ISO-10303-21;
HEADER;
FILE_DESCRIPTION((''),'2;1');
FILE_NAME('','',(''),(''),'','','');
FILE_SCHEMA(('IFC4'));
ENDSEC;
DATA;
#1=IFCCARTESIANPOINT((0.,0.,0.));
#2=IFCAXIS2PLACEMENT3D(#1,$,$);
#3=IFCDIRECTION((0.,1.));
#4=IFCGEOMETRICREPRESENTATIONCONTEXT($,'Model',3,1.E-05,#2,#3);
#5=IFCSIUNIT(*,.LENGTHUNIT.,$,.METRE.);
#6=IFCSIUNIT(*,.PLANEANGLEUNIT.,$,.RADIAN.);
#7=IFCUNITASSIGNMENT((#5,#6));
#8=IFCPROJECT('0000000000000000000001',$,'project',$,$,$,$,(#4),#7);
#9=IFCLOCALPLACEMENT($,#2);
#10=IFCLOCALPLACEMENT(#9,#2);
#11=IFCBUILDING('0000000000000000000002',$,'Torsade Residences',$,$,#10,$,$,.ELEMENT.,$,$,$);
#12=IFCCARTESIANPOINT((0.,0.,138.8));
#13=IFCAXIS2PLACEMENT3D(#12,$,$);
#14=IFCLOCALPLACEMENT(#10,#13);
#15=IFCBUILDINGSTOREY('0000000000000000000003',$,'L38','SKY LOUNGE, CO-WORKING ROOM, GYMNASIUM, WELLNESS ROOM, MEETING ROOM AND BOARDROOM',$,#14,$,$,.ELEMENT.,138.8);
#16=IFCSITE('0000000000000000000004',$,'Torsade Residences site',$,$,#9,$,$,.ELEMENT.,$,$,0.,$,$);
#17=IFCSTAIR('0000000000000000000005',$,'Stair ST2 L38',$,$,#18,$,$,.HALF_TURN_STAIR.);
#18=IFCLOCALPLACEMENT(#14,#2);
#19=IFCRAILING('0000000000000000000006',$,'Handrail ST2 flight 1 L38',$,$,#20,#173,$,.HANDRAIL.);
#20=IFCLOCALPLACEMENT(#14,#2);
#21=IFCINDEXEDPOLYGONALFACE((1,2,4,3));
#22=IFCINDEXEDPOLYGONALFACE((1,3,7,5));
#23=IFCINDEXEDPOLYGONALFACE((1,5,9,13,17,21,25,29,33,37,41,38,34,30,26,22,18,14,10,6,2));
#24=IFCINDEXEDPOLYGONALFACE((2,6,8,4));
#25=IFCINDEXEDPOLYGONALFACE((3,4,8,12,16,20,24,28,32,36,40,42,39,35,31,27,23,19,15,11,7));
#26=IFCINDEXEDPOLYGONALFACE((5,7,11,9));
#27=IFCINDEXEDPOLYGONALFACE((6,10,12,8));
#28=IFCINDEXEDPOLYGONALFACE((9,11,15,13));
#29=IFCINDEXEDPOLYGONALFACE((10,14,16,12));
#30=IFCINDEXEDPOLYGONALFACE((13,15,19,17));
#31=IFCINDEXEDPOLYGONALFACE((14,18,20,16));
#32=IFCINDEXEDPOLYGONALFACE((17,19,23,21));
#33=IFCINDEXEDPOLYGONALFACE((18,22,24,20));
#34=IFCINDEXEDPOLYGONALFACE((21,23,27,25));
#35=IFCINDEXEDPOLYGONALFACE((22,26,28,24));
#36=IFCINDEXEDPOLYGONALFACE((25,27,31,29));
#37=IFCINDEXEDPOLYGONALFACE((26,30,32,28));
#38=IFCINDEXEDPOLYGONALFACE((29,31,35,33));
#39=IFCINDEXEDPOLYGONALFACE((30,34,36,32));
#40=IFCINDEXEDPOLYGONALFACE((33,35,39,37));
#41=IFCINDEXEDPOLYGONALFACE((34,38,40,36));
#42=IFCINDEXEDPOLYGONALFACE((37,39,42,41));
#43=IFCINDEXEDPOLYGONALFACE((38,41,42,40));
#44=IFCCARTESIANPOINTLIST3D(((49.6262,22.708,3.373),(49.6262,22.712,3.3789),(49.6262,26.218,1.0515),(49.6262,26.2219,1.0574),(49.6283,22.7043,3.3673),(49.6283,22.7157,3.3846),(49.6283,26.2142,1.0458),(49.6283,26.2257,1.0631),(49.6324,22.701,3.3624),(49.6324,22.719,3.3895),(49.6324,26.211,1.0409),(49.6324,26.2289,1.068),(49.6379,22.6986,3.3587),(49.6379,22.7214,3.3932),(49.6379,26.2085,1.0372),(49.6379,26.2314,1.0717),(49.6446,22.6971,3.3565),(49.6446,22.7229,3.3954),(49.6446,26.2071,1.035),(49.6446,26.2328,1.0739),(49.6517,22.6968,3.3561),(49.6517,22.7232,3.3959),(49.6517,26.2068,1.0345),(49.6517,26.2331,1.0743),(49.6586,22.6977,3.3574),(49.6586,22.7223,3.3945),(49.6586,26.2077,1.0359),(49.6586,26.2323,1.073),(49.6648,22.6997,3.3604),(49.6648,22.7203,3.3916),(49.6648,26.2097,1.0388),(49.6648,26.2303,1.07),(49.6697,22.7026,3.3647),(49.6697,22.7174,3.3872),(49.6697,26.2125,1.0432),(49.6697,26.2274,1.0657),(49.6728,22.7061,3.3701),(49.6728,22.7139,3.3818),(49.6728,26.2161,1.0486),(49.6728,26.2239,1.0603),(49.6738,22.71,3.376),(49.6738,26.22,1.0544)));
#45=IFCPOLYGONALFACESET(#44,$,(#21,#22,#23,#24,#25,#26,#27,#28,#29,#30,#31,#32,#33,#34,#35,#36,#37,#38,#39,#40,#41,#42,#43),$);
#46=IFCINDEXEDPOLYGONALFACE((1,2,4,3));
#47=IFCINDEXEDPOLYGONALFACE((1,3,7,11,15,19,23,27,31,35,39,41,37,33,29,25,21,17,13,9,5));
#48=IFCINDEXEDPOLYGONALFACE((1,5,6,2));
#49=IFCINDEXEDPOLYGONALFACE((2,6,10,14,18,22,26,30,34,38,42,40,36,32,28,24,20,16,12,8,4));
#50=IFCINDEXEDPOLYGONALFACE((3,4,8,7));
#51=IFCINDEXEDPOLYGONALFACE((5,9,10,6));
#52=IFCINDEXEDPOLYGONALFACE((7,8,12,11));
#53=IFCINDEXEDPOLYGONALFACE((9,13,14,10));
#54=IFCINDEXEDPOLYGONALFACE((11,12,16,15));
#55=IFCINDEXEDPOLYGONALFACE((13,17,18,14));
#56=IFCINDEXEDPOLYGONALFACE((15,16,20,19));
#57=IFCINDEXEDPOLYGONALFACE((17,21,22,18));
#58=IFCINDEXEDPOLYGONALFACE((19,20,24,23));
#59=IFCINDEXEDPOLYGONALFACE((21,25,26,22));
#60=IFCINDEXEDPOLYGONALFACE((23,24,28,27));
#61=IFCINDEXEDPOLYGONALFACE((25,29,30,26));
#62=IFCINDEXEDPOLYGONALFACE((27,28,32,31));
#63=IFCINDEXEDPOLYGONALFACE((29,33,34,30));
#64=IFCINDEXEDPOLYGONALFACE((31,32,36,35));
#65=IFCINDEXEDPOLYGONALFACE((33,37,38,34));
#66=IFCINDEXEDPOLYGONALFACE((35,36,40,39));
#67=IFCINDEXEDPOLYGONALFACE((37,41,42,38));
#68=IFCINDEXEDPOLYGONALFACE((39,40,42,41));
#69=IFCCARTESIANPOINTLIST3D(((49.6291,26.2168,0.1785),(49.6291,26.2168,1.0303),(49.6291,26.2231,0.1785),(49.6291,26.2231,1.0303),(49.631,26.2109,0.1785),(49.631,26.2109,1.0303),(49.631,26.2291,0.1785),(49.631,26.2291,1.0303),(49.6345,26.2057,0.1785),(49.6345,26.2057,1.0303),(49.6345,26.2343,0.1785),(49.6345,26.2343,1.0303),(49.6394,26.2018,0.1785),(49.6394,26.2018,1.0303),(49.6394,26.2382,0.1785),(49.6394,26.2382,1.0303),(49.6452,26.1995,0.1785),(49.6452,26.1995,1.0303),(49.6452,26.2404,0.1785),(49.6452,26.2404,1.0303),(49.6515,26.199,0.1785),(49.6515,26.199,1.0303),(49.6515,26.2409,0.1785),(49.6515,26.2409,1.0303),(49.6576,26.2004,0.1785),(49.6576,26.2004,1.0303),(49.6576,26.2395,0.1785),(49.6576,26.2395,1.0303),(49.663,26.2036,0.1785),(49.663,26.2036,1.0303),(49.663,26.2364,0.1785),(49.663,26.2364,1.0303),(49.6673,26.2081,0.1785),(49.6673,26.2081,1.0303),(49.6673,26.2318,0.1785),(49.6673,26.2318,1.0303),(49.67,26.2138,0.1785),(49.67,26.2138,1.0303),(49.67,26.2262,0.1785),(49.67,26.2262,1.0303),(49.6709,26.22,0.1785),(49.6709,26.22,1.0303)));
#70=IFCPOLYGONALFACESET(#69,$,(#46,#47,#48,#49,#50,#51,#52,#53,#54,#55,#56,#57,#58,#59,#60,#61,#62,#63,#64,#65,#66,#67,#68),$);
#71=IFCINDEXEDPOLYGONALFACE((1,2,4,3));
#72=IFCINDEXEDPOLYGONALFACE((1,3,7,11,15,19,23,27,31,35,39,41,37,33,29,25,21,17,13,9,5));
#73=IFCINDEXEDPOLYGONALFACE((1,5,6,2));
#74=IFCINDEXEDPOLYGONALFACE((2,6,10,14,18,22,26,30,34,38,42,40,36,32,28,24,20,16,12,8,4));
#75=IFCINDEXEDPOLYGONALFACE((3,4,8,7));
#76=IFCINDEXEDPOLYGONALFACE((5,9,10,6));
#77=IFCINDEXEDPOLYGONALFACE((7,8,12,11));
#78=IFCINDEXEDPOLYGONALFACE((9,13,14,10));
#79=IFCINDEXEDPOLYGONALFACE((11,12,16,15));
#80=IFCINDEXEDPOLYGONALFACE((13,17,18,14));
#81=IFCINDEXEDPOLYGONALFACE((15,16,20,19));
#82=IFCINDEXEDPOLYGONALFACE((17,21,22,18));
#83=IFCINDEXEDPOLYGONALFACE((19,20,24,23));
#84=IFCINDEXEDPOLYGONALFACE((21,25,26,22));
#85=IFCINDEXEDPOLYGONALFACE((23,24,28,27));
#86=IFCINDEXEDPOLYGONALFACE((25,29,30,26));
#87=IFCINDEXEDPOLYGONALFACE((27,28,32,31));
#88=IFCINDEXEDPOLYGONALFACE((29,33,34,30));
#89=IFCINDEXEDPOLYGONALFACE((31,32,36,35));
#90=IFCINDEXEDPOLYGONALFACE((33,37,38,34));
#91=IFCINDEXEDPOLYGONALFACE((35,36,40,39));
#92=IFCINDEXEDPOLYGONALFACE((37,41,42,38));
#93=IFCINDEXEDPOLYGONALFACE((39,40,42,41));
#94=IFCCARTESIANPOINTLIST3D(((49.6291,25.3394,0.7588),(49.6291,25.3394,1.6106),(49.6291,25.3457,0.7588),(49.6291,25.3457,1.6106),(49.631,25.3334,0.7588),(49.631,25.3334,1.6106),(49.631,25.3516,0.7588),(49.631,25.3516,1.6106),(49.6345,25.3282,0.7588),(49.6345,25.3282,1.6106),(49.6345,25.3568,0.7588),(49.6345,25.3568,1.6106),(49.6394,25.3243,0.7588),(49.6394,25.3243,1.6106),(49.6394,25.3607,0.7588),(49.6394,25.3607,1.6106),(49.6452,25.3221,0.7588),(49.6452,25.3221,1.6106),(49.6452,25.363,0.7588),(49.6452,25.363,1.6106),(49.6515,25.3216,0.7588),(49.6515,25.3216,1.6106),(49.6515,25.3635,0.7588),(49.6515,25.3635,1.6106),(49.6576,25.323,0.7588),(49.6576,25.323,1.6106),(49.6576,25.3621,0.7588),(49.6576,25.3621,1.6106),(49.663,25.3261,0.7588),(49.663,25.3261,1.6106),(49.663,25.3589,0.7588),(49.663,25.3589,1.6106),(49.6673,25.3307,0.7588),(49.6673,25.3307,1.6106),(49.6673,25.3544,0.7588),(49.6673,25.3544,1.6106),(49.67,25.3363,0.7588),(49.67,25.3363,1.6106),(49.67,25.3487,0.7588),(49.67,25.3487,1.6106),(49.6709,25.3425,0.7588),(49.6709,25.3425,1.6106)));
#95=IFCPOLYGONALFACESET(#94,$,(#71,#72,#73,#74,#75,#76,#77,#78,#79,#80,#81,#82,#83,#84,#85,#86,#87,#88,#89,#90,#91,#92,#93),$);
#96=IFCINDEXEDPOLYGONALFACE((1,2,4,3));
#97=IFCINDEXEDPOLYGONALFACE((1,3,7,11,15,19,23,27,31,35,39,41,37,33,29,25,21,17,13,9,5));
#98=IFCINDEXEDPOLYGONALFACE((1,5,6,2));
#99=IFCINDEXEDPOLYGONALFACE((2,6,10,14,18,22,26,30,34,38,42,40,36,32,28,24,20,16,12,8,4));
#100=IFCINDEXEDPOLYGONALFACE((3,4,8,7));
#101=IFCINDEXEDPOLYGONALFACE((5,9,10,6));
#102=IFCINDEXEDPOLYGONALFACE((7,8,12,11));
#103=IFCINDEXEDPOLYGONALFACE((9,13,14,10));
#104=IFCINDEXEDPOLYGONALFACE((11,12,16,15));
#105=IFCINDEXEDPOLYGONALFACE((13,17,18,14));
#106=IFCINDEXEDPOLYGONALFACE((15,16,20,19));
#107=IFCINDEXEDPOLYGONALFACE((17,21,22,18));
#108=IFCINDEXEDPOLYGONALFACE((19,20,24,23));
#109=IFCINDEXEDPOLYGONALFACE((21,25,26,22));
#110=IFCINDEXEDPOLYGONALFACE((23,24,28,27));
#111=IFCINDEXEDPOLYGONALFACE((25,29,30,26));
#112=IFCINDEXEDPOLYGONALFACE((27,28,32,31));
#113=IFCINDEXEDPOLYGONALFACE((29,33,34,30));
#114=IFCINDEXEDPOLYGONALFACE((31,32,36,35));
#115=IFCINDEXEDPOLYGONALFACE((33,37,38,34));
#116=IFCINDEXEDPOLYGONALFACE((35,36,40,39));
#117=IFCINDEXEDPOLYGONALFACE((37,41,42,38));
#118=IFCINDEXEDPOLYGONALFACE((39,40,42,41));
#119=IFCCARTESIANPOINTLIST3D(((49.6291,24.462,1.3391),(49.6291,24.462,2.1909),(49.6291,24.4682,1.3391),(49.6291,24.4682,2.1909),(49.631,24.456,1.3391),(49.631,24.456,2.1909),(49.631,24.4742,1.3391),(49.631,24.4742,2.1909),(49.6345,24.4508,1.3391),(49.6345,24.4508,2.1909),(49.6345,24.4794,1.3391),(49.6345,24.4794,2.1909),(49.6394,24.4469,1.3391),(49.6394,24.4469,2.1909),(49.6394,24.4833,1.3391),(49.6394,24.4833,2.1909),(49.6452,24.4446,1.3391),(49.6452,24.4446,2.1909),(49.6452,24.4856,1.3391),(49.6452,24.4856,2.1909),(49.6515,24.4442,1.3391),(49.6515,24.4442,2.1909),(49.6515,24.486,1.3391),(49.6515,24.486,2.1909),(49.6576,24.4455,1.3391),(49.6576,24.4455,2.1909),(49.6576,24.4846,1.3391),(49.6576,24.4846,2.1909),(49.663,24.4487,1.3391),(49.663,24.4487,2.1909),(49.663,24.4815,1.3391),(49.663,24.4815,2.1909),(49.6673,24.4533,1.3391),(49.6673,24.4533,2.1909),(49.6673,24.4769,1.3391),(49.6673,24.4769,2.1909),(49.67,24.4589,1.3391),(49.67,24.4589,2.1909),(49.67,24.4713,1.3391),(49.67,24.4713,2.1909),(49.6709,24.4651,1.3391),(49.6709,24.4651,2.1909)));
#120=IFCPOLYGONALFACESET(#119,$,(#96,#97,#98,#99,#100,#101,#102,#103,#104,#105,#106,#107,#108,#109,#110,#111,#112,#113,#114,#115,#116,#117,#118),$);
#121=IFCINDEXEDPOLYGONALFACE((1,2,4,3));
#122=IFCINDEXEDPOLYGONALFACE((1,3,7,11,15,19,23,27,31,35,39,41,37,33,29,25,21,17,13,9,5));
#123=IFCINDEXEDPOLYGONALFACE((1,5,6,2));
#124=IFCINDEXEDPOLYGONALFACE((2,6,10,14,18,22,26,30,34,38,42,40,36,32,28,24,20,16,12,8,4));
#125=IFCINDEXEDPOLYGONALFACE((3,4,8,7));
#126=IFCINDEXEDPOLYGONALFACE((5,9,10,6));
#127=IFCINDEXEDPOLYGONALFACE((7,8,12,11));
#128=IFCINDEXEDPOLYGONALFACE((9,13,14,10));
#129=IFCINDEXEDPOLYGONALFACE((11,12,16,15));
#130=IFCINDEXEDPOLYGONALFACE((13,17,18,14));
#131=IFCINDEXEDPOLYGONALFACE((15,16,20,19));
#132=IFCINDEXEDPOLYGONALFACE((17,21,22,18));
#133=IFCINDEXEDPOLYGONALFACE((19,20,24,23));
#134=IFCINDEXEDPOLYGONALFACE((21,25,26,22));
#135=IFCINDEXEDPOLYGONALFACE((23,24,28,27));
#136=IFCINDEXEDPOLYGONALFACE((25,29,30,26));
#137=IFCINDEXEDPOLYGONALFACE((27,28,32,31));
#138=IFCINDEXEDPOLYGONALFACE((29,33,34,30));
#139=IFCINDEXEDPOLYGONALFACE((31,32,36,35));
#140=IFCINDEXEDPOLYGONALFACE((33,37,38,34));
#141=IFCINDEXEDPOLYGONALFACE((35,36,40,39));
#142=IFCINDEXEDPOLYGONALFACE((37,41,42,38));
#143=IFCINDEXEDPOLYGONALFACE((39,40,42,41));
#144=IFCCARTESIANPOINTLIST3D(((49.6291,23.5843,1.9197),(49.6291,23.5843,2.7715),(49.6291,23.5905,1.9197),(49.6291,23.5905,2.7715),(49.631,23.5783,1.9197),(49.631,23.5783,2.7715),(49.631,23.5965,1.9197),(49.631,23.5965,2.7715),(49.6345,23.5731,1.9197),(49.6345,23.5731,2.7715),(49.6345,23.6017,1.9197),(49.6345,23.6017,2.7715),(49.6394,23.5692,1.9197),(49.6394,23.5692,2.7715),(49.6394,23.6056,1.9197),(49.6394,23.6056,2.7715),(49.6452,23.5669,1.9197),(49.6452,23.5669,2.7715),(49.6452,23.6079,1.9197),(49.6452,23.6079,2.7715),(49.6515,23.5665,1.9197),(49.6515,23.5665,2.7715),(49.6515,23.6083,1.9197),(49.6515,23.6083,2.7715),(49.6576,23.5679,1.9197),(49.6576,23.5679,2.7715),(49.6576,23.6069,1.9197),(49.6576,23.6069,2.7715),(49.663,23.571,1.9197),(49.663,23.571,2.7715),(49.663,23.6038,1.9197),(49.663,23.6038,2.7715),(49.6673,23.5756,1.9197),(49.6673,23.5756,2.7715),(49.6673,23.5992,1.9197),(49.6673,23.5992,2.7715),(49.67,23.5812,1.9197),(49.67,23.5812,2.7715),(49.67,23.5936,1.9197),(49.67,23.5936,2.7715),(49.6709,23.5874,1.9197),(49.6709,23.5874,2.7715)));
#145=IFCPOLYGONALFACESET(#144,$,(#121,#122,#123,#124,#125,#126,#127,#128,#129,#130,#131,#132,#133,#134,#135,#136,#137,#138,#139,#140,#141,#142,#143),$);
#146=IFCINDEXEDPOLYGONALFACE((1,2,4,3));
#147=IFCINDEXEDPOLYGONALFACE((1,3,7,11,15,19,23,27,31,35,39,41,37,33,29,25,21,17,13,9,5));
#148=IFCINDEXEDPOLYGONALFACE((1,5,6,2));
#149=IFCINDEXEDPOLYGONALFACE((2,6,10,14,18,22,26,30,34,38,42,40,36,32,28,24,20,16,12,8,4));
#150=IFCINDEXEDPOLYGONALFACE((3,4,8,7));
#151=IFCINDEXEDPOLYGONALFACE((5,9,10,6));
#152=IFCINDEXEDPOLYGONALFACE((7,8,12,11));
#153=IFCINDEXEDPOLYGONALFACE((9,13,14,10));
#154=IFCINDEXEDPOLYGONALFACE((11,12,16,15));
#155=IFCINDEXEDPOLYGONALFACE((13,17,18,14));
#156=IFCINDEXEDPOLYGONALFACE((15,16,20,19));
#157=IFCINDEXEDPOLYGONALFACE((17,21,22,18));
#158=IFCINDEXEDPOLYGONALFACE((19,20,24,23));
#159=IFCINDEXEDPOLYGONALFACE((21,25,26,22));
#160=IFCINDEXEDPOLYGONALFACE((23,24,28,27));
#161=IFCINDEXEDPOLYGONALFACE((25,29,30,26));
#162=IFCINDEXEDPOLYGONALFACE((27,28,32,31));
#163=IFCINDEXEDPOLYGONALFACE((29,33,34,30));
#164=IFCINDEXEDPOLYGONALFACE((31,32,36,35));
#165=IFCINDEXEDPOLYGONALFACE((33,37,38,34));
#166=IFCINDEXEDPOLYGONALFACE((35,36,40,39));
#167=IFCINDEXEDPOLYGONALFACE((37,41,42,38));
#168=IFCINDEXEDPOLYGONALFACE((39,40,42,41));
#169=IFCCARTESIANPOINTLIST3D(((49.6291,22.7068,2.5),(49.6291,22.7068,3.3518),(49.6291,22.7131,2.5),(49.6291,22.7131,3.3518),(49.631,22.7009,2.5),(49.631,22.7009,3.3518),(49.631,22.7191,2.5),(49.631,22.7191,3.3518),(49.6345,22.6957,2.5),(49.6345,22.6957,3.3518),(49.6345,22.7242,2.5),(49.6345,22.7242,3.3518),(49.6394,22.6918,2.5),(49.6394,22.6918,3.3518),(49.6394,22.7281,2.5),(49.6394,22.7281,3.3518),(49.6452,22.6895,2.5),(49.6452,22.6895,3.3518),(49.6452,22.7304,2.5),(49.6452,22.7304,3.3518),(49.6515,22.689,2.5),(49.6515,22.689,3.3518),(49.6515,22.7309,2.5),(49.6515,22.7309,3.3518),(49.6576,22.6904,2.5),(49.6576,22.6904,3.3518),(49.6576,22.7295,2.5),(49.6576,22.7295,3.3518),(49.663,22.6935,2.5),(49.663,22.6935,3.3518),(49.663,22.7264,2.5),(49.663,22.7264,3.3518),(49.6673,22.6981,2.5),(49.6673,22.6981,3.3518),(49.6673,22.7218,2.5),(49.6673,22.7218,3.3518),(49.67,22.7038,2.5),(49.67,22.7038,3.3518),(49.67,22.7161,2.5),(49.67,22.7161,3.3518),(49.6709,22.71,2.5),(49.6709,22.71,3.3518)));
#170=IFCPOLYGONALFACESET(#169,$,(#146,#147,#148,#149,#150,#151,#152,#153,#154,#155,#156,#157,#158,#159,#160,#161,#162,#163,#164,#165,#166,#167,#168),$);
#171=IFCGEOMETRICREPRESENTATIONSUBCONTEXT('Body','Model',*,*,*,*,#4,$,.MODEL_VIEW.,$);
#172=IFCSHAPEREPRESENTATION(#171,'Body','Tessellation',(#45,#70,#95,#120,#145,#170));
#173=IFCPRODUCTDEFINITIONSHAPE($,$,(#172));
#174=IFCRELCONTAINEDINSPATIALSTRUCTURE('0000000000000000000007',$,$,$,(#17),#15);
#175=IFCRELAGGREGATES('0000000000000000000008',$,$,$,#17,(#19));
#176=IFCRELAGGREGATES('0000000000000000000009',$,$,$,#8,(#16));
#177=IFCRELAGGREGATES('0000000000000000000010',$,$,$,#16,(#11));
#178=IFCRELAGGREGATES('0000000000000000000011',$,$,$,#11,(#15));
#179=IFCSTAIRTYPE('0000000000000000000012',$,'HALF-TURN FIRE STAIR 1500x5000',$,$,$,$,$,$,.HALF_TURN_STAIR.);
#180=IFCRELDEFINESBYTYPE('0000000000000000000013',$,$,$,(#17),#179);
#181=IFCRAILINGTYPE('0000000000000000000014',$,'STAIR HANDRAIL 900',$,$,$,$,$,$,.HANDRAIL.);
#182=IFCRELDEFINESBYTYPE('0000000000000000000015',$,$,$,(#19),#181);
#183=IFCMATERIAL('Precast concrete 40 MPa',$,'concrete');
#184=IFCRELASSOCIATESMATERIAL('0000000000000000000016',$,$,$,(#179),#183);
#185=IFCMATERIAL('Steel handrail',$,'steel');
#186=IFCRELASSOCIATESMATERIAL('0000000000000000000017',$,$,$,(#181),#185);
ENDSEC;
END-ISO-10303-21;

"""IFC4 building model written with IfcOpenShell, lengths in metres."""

from ifc_helpers import new_model, si_unit, direction, frame, origin, origin_2d, place, context, subcontext, project, spatial, circle, extrude, material, type_object, element, aggregate, save


model = new_model("IFC4")

# Units and contexts
model_context = context("Model", 3, precision=1e-05, world=origin(), true_north=direction((0.0, 1.0)))
body_context = subcontext(model_context, "Body", "Model", "MODEL_VIEW")
ifc_project = project(units=[si_unit("LENGTHUNIT", "METRE"), si_unit("PLANEANGLEUNIT", "RADIAN")], contexts=[model_context])

# Site, building, storey
site_placement = place(None, origin())
site = spatial("IfcSite", under=ifc_project, at=site_placement, Name="Torsade Residences site", CompositionType="ELEMENT", RefElevation=0.0)
building_placement = place(site_placement, origin())
building = spatial("IfcBuilding", under=site, at=building_placement, Name="Torsade Residences", CompositionType="ELEMENT")
storey_placement = place(building_placement, frame((0.0, 0.0, 138.8)))
storey = spatial("IfcBuildingStorey", under=building, at=storey_placement, Name="L38", Description="SKY LOUNGE, CO-WORKING ROOM, GYMNASIUM, WELLNESS ROOM, MEETING ROOM AND BOARDROOM", CompositionType="ELEMENT", Elevation=138.8)

# Stair, railing
ifc_material_1 = material(Name="Precast concrete 40 MPa", Category="concrete")
stair_type = type_object("IfcStairType", Name="HALF-TURN FIRE STAIR 1500x5000", PredefinedType="HALF_TURN_STAIR", material=ifc_material_1)
stair_placement = place(storey_placement, origin())
stair = element("IfcStair", 1, at=stair_placement, inside=storey, type_object=stair_type, Name="Stair ST2 L38", PredefinedType="HALF_TURN_STAIR")
ifc_material_2 = material(Name="Steel handrail", Category="steel")
railing_type = type_object("IfcRailingType", Name="STAIR HANDRAIL 900", PredefinedType="HANDRAIL", material=ifc_material_2)
railing_1_placement = place(storey_placement, frame((49.6499, 26.22, 0.1785)))
railing_1 = element("IfcRailing", 2, at=railing_1_placement, type_object=railing_type, Name="Handrail ST2 flight 1 L38", PredefinedType="HANDRAIL", context=body_context, shape_type="SweptSolid", body=[
    extrude(circle(Radius=0.0239, at=origin_2d()), frame((0.0, 0.0, 0.876), z_axis=(0.0, -0.834071, 0.551657), x_axis=(1.0, 0.0, 0.0)), (0.0, 0.0, 1.0), 4.2083),
    extrude(circle(Radius=0.021, at=origin_2d()), origin(), (0.0, 0.0, 1.0), 0.8518),
    extrude(circle(Radius=0.021, at=origin_2d()), frame((0.0, -0.8774, 0.5803)), (0.0, 0.0, 1.0), 0.8518),
    extrude(circle(Radius=0.021, at=origin_2d()), frame((0.0, -1.7549, 1.1606)), (0.0, 0.0, 1.0), 0.8518),
    extrude(circle(Radius=0.021, at=origin_2d()), frame((0.0, -2.6326, 1.7412)), (0.0, 0.0, 1.0), 0.8518),
    extrude(circle(Radius=0.021, at=origin_2d()), frame((0.0, -3.51, 2.3215)), (0.0, 0.0, 1.0), 0.8518),
])
aggregate(stair, [railing_1])

save(model, "model.ifc")
